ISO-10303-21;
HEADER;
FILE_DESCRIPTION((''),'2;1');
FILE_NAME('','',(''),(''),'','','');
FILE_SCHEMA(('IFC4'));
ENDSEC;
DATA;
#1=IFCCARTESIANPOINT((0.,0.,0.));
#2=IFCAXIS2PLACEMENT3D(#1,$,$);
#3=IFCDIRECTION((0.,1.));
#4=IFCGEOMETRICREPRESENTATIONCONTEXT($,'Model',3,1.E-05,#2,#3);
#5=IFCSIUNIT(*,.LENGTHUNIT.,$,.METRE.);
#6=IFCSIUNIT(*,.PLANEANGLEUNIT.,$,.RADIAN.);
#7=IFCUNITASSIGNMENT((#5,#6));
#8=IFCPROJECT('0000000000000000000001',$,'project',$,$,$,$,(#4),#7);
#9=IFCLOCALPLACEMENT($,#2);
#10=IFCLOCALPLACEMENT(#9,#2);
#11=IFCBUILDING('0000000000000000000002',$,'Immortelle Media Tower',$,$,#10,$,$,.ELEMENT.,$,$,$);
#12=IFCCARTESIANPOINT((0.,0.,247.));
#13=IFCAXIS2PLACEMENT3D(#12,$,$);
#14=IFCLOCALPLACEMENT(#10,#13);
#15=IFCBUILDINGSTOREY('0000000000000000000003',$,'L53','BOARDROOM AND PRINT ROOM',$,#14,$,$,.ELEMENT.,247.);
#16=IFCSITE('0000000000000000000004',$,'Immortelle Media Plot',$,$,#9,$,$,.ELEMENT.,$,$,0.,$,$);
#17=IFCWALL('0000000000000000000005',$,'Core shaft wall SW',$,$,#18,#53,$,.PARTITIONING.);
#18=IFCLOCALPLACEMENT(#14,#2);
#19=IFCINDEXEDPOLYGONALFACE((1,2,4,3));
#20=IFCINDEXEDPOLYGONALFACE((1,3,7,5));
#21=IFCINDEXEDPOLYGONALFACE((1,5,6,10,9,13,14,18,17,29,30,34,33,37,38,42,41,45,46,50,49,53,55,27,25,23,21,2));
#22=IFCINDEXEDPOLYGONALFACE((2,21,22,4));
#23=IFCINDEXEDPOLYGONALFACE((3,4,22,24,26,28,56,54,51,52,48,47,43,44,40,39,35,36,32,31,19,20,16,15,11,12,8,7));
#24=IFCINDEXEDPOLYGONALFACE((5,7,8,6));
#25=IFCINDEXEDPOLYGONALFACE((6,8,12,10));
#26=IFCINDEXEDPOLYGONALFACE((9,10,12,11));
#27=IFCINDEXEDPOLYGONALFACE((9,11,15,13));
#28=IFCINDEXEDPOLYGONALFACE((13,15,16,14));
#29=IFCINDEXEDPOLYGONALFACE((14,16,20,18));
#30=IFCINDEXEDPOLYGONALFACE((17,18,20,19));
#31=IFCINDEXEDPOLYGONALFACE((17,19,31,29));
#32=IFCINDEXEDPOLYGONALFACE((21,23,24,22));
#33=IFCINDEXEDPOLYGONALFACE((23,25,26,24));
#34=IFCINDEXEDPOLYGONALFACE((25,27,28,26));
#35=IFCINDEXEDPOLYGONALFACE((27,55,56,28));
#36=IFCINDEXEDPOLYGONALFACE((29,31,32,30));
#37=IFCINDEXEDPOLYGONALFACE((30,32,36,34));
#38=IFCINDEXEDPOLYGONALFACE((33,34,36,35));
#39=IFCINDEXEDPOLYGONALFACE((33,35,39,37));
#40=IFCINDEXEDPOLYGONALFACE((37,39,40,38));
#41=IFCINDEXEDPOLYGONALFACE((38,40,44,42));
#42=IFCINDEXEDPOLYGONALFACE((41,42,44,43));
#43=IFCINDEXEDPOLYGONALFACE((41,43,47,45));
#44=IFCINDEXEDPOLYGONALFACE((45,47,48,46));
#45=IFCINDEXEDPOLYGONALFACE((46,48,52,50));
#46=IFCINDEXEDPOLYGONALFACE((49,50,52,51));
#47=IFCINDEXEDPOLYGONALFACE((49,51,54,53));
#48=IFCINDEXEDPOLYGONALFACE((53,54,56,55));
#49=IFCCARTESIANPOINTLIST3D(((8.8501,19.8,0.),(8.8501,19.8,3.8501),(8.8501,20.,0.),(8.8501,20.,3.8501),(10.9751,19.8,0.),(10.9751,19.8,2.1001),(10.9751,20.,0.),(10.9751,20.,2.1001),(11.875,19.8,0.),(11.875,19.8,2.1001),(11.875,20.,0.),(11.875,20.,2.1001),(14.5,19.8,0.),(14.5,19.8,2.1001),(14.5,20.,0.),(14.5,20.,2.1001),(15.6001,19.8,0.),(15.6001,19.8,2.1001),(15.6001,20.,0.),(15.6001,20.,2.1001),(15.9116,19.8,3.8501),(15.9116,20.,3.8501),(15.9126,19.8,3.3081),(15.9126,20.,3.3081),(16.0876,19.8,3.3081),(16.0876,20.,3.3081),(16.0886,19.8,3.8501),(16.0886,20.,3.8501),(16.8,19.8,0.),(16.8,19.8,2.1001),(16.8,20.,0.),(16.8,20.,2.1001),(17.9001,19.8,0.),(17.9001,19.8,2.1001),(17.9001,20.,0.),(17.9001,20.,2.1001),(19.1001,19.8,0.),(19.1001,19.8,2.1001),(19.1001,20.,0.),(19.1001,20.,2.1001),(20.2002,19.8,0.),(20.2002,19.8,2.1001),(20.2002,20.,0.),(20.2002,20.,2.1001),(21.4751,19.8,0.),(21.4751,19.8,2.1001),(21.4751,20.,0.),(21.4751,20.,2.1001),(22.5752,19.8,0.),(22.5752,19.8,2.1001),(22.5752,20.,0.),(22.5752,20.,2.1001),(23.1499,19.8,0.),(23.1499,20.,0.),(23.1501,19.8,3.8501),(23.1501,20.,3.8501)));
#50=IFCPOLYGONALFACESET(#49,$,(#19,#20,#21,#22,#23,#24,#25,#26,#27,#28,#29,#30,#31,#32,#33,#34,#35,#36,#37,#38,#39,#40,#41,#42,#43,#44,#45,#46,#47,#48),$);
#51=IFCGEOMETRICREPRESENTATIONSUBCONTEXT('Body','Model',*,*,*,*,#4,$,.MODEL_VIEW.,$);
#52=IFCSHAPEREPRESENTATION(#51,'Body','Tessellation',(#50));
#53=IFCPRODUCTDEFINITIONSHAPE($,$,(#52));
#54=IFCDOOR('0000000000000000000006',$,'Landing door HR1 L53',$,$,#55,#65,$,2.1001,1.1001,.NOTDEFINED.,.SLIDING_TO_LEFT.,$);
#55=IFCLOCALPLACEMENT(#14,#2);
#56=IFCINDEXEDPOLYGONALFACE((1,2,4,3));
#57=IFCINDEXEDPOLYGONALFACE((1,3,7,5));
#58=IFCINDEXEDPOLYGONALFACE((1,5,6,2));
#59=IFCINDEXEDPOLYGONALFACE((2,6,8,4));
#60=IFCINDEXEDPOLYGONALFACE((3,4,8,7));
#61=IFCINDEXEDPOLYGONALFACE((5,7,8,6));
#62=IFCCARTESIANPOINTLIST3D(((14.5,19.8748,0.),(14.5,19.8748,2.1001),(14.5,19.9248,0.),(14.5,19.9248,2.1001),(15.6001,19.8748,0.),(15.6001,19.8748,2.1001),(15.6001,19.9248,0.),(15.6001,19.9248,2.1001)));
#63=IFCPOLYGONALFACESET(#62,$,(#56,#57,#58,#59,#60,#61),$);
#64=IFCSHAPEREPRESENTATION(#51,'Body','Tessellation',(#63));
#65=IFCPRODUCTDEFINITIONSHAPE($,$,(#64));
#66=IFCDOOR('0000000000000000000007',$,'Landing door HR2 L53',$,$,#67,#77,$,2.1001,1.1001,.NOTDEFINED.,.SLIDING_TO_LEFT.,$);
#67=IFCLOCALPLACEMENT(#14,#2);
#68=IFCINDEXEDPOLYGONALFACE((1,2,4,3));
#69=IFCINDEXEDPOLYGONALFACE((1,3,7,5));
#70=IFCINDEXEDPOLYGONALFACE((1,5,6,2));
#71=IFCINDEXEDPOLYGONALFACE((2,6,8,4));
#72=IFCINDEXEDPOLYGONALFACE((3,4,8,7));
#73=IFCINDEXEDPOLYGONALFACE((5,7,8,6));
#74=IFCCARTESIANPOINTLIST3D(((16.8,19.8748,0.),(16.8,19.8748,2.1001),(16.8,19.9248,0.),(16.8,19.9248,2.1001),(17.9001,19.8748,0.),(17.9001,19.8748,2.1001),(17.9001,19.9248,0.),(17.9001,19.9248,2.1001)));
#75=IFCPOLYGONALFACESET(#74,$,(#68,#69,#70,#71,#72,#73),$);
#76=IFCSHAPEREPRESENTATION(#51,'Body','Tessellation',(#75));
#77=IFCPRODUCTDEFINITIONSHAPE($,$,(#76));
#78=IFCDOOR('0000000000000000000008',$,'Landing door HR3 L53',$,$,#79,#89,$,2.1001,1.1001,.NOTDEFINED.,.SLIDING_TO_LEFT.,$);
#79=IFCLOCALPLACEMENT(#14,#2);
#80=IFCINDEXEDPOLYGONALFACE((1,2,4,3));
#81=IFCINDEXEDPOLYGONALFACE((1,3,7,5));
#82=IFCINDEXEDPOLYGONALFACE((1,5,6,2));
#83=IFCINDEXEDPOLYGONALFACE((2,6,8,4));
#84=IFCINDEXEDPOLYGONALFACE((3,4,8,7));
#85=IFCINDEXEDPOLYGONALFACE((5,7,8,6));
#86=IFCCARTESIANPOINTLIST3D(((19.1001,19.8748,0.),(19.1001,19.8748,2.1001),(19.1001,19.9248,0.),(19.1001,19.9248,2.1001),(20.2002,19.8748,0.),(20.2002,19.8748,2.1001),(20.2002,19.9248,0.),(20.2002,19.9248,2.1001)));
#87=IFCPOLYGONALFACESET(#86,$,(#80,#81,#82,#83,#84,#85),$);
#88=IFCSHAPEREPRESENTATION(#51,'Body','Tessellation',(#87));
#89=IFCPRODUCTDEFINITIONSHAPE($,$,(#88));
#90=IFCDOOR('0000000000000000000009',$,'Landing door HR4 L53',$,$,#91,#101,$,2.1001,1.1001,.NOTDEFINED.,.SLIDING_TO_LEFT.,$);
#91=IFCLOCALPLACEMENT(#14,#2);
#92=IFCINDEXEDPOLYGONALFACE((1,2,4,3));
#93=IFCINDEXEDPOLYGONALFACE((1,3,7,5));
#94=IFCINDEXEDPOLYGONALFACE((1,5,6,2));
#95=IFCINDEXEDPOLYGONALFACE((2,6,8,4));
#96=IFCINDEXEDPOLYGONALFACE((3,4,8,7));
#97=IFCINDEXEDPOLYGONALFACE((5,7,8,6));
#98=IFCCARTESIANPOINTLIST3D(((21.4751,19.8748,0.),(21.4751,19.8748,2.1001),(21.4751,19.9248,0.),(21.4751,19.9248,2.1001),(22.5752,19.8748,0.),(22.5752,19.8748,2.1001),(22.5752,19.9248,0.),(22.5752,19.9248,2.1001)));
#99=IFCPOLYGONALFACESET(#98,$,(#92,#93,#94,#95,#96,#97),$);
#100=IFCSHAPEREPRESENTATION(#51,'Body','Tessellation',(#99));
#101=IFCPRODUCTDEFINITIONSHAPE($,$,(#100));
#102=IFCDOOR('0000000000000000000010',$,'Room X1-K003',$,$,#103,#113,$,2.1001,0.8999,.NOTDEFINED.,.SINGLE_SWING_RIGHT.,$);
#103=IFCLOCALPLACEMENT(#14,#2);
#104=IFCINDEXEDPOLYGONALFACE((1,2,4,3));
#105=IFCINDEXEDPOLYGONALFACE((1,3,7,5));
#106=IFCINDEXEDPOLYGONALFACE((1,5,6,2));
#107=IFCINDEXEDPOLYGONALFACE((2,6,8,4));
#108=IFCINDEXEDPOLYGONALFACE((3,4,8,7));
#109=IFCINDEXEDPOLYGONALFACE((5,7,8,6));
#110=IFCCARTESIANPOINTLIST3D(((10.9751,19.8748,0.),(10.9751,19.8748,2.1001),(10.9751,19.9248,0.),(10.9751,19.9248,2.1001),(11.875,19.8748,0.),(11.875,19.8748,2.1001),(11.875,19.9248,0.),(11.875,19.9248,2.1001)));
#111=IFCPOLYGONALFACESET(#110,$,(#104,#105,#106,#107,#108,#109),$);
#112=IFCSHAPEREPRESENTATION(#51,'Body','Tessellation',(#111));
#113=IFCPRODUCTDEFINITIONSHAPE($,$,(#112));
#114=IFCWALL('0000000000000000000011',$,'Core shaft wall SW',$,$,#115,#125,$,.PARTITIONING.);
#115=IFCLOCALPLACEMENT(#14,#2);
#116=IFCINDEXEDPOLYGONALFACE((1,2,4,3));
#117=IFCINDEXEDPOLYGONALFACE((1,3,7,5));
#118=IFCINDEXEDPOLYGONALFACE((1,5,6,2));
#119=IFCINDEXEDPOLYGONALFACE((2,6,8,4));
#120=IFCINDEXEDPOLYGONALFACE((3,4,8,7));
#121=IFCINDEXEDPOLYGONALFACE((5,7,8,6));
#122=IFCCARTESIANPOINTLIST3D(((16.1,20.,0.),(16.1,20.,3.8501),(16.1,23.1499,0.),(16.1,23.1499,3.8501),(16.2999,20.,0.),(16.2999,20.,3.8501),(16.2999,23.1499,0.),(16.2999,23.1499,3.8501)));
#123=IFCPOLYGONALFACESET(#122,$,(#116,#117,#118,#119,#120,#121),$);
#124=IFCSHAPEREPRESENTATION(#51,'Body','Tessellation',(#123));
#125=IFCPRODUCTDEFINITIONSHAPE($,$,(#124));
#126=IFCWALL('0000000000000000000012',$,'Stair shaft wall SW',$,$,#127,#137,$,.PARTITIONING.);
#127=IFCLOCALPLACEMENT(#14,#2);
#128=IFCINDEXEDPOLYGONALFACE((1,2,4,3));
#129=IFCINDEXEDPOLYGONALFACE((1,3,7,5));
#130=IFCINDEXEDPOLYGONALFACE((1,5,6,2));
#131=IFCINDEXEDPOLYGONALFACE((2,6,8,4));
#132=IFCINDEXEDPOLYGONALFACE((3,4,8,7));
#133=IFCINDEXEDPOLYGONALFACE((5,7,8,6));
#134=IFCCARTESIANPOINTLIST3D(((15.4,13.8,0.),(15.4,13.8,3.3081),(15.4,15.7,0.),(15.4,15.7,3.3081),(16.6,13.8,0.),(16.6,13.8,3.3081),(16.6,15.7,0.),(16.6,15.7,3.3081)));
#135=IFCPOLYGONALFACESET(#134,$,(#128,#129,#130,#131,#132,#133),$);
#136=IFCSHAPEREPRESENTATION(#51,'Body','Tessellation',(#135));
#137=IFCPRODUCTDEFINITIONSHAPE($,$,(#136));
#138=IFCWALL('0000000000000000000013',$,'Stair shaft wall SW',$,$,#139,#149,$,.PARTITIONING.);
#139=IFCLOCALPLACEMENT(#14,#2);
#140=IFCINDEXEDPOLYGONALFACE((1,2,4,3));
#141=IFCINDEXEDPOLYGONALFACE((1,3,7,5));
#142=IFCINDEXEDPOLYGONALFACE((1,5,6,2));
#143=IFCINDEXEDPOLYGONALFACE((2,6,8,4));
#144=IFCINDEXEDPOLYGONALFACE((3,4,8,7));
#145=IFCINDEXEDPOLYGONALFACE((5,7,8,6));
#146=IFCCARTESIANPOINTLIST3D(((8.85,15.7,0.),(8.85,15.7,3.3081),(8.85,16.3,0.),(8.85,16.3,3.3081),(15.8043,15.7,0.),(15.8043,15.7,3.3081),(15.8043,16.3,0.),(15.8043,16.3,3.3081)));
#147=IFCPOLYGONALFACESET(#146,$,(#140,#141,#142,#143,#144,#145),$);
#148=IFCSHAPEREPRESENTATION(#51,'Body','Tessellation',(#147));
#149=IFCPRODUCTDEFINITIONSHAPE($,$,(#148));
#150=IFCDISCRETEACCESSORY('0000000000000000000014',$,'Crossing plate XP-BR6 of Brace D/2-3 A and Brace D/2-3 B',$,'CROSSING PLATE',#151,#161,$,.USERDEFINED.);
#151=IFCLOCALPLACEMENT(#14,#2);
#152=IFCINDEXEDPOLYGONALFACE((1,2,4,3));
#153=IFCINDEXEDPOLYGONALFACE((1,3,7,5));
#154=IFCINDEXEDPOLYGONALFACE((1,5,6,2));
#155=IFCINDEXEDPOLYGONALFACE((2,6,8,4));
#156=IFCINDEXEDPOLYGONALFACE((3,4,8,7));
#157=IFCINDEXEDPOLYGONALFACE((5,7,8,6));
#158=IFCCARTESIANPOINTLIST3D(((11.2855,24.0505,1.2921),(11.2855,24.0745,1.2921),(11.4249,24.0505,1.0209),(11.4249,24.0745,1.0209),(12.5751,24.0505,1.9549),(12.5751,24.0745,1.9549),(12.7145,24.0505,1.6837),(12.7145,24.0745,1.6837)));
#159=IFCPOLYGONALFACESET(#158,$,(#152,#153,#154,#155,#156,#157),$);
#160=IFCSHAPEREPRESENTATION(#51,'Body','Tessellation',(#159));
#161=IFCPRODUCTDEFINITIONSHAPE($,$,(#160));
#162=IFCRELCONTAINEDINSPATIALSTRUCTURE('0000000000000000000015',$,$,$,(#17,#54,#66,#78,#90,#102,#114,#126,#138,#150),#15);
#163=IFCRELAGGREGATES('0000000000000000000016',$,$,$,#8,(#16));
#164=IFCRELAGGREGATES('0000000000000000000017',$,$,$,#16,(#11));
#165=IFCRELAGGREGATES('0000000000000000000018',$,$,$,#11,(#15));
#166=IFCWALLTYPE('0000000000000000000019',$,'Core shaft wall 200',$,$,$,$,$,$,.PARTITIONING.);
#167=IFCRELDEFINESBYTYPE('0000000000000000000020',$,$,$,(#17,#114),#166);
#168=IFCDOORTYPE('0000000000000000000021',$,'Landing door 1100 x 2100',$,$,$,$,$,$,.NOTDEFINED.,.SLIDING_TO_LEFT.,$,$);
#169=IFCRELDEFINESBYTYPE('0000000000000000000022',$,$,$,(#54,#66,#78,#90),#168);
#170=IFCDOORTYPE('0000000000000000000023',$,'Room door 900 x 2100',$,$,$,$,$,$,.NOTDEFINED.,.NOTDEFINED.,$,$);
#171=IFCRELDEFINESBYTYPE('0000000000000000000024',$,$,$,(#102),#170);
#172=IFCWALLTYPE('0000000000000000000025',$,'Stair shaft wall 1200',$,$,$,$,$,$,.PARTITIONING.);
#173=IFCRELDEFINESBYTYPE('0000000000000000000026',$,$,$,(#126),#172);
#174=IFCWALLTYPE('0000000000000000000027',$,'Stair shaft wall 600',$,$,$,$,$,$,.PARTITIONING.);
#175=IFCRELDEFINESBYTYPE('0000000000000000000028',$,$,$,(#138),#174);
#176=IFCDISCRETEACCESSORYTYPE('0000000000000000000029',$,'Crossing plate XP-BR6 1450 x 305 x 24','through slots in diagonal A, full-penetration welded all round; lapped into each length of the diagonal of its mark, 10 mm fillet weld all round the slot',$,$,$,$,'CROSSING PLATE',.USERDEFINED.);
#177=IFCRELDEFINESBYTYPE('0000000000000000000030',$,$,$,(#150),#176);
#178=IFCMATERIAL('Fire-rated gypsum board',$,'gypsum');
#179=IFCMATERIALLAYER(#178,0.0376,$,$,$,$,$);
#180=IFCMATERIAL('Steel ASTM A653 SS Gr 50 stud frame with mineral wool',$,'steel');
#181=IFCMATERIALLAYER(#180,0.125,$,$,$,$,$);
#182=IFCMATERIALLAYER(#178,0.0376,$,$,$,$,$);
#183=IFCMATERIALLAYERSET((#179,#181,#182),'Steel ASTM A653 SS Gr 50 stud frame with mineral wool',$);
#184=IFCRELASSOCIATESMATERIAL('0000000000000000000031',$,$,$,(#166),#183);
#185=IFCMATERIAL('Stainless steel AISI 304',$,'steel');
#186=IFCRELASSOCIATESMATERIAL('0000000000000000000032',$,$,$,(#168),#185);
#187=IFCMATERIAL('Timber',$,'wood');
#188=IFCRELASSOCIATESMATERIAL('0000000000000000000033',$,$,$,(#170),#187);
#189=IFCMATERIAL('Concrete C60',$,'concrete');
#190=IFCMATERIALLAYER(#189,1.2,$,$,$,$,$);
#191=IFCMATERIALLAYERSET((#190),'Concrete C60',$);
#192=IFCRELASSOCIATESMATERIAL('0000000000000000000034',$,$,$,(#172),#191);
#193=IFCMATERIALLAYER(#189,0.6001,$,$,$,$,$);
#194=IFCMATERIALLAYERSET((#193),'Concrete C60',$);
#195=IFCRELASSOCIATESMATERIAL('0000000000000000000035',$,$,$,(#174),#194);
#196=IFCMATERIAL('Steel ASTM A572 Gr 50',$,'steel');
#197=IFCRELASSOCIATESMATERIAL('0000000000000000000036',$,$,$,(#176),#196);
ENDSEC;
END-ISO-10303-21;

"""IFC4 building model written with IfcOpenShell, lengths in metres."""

from ifc_helpers import new_model, si_unit, direction, frame, frame_2d, origin, origin_2d, place, context, subcontext, project, spatial, polyline, rectangle, outline, extrude, material, layer, layer_set, material_profile, profile_set, type_object, element, fill, save


model = new_model("IFC4")

# Units and contexts
model_context = context("Model", 3, precision=1e-05, world=origin(), true_north=direction((0.0, 1.0)))
body_context = subcontext(model_context, "Body", "Model", "MODEL_VIEW")
ifc_project = project(units=[si_unit("LENGTHUNIT", "METRE"), si_unit("PLANEANGLEUNIT", "RADIAN")], contexts=[model_context])

# Site, building, storey
site_placement = place(None, origin())
site = spatial("IfcSite", under=ifc_project, at=site_placement, Name="Immortelle Media Plot", CompositionType="ELEMENT", RefElevation=0.0)
building_placement = place(site_placement, origin())
building = spatial("IfcBuilding", under=site, at=building_placement, Name="Immortelle Media Tower", CompositionType="ELEMENT")
storey_placement = place(building_placement, frame((0.0, 0.0, 247.0)))
storey = spatial("IfcBuildingStorey", under=building, at=storey_placement, Name="L53", Description="BOARDROOM AND PRINT ROOM", CompositionType="ELEMENT", Elevation=247.0)

# Shared definitions
ifc_material_1 = material(Name="Timber", Category="wood")

# Shared definitions
ifc_material_2 = material(Name="Fire-rated gypsum board", Category="gypsum")
ifc_material_3 = material(Name="Steel ASTM A653 SS Gr 50 stud frame with mineral wool", Category="steel")
ifc_layer_1 = layer(ifc_material_2, 0.0376)
ifc_layer_2 = layer(ifc_material_3, 0.125)
ifc_layer_3 = layer(ifc_material_2, 0.0376)
ifc_layer_set_1 = layer_set([ifc_layer_1, ifc_layer_2, ifc_layer_3], Name="Steel ASTM A653 SS Gr 50 stud frame with mineral wool")
wall_type_1 = type_object("IfcWallType", Name="Core shaft wall 200", PredefinedType="PARTITIONING", material=ifc_layer_set_1)

# Wall, openings, doors
wall_1_placement = place(storey_placement, frame((8.8501, 19.8999, 0.0), z_axis=(0.0, 0.0, 1.0), x_axis=(1.0, 0.0, 0.0)))
wall_1 = element("IfcWall", 1, at=wall_1_placement, inside=storey, type_object=wall_type_1, Name="Core shaft wall SW", PredefinedType="PARTITIONING", context=body_context, shape_type="SweptSolid", body=[
    extrude(outline(polyline([(0.0, 0.0), (14.2998, 0.0), (14.3, 3.8501), (7.2385, 3.8501), (7.2375, 3.3081), (7.0625, 3.3081), (7.0615, 3.8501), (0.0, 3.8501), (0.0, 0.0)])), frame((0.0, 0.1001, 0.0), z_axis=(0.0, -1.0, 0.0), x_axis=(1.0, 0.0, 0.0)), (0.0, 0.0, 1.0), 0.2),
])
opening_1_placement = place(wall_1_placement, frame((2.125, 0.0, 0.0)))
opening_1 = element("IfcOpeningElement", 2, at=opening_1_placement, cuts=wall_1, PredefinedType="OPENING", context=body_context, shape_type="SweptSolid", body=[
    extrude(rectangle(XDim=0.8999, YDim=2.1001, at=frame_2d((0.45, 1.05))), frame((0.0, 0.1099, 0.0), z_axis=(0.0, -1.0, 0.0), x_axis=(1.0, 0.0, 0.0)), (0.0, 0.0, 1.0), 0.22),
])
opening_2_placement = place(wall_1_placement, frame((5.6499, 0.0, 0.0)))
opening_2 = element("IfcOpeningElement", 3, at=opening_2_placement, cuts=wall_1, PredefinedType="OPENING", context=body_context, shape_type="SweptSolid", body=[
    extrude(rectangle(XDim=1.1001, YDim=2.1001, at=frame_2d((0.55, 1.05))), frame((0.0, 0.1099, 0.0), z_axis=(0.0, -1.0, 0.0), x_axis=(1.0, 0.0, 0.0)), (0.0, 0.0, 1.0), 0.22),
])
opening_3_placement = place(wall_1_placement, frame((7.95, 0.0, 0.0)))
opening_3 = element("IfcOpeningElement", 4, at=opening_3_placement, cuts=wall_1, PredefinedType="OPENING", context=body_context, shape_type="SweptSolid", body=[
    extrude(rectangle(XDim=1.1001, YDim=2.1001, at=frame_2d((0.55, 1.05))), frame((0.0, 0.1099, 0.0), z_axis=(0.0, -1.0, 0.0), x_axis=(1.0, 0.0, 0.0)), (0.0, 0.0, 1.0), 0.22),
])
opening_4_placement = place(wall_1_placement, frame((10.25, 0.0, 0.0)))
opening_4 = element("IfcOpeningElement", 5, at=opening_4_placement, cuts=wall_1, PredefinedType="OPENING", context=body_context, shape_type="SweptSolid", body=[
    extrude(rectangle(XDim=1.1001, YDim=2.1001, at=frame_2d((0.55, 1.05))), frame((0.0, 0.1099, 0.0), z_axis=(0.0, -1.0, 0.0), x_axis=(1.0, 0.0, 0.0)), (0.0, 0.0, 1.0), 0.22),
])
opening_5_placement = place(wall_1_placement, frame((12.625, 0.0, 0.0)))
opening_5 = element("IfcOpeningElement", 6, at=opening_5_placement, cuts=wall_1, PredefinedType="OPENING", context=body_context, shape_type="SweptSolid", body=[
    extrude(rectangle(XDim=1.1001, YDim=2.1001, at=frame_2d((0.55, 1.05))), frame((0.0, 0.1099, 0.0), z_axis=(0.0, -1.0, 0.0), x_axis=(1.0, 0.0, 0.0)), (0.0, 0.0, 1.0), 0.22),
])
ifc_material_4 = material(Name="Stainless steel AISI 304", Category="steel")
door_type_1 = type_object("IfcDoorType", Name="Landing door 1100 x 2100", OperationType="SLIDING_TO_LEFT", PredefinedType="NOTDEFINED", material=ifc_material_4)
door_1_placement = place(opening_2_placement, origin())
door_1 = element("IfcDoor", 7, at=door_1_placement, inside=storey, type_object=door_type_1, Name="Landing door HR1 L53", OperationType="SLIDING_TO_LEFT", OverallHeight=2.1001, OverallWidth=1.1001, PredefinedType="NOTDEFINED", context=body_context, shape_type="SweptSolid", body=[
    extrude(rectangle(XDim=1.1001, YDim=2.1001, at=frame_2d((0.55, 1.05))), frame((0.0, 0.0249, 0.0), z_axis=(0.0, -1.0, 0.0), x_axis=(1.0, 0.0, 0.0)), (0.0, 0.0, 1.0), 0.05),
])
fill(opening_2, door_1)
door_2_placement = place(opening_3_placement, origin())
door_2 = element("IfcDoor", 8, at=door_2_placement, inside=storey, type_object=door_type_1, Name="Landing door HR2 L53", OperationType="SLIDING_TO_LEFT", OverallHeight=2.1001, OverallWidth=1.1001, PredefinedType="NOTDEFINED", context=body_context, shape_type="SweptSolid", body=[
    extrude(rectangle(XDim=1.1001, YDim=2.1001, at=frame_2d((0.55, 1.05))), frame((0.0, 0.0249, 0.0), z_axis=(0.0, -1.0, 0.0), x_axis=(1.0, 0.0, 0.0)), (0.0, 0.0, 1.0), 0.05),
])
fill(opening_3, door_2)
door_3_placement = place(opening_4_placement, origin())
door_3 = element("IfcDoor", 9, at=door_3_placement, inside=storey, type_object=door_type_1, Name="Landing door HR3 L53", OperationType="SLIDING_TO_LEFT", OverallHeight=2.1001, OverallWidth=1.1001, PredefinedType="NOTDEFINED", context=body_context, shape_type="SweptSolid", body=[
    extrude(rectangle(XDim=1.1001, YDim=2.1001, at=frame_2d((0.55, 1.05))), frame((0.0, 0.0249, 0.0), z_axis=(0.0, -1.0, 0.0), x_axis=(1.0, 0.0, 0.0)), (0.0, 0.0, 1.0), 0.05),
])
fill(opening_4, door_3)
door_4_placement = place(opening_5_placement, origin())
door_4 = element("IfcDoor", 10, at=door_4_placement, inside=storey, type_object=door_type_1, Name="Landing door HR4 L53", OperationType="SLIDING_TO_LEFT", OverallHeight=2.1001, OverallWidth=1.1001, PredefinedType="NOTDEFINED", context=body_context, shape_type="SweptSolid", body=[
    extrude(rectangle(XDim=1.1001, YDim=2.1001, at=frame_2d((0.55, 1.05))), frame((0.0, 0.0249, 0.0), z_axis=(0.0, -1.0, 0.0), x_axis=(1.0, 0.0, 0.0)), (0.0, 0.0, 1.0), 0.05),
])
fill(opening_5, door_4)
door_type_2 = type_object("IfcDoorType", Name="Room door 900 x 2100", OperationType="NOTDEFINED", PredefinedType="NOTDEFINED", material=ifc_material_1)
door_5_placement = place(opening_1_placement, origin())
door_5 = element("IfcDoor", 11, at=door_5_placement, inside=storey, type_object=door_type_2, Name="Room X1-K003", OperationType="SINGLE_SWING_RIGHT", OverallHeight=2.1001, OverallWidth=0.8999, PredefinedType="NOTDEFINED", context=body_context, shape_type="SweptSolid", body=[
    extrude(rectangle(XDim=0.8999, YDim=2.1001, at=frame_2d((0.45, 1.05))), frame((0.0, 0.0249, 0.0), z_axis=(0.0, -1.0, 0.0), x_axis=(1.0, 0.0, 0.0)), (0.0, 0.0, 1.0), 0.05),
])
fill(opening_1, door_5)

# Walls
wall_2_placement = place(storey_placement, frame((16.2, 20.0, 0.0), z_axis=(0.0, 0.0, 1.0), x_axis=(0.0, 1.0, 0.0)))
element("IfcWall", 12, at=wall_2_placement, inside=storey, type_object=wall_type_1, Name="Core shaft wall SW", PredefinedType="PARTITIONING", context=body_context, shape_type="SweptSolid", body=[
    extrude(rectangle(XDim=3.1499, YDim=0.2, at=frame_2d((1.575, 0.0))), origin(), (0.0, 0.0, 1.0), 3.8501),
])
ifc_material_5 = material(Name="Concrete C60", Category="concrete")
ifc_layer_4 = layer(ifc_material_5, 1.2)
ifc_layer_set_2 = layer_set([ifc_layer_4], Name="Concrete C60")
wall_type_2 = type_object("IfcWallType", Name="Stair shaft wall 1200", PredefinedType="PARTITIONING", material=ifc_layer_set_2)
wall_3_placement = place(storey_placement, frame((16.0, 13.8, 0.0), z_axis=(0.0, 0.0, 1.0), x_axis=(0.0, 1.0, 0.0)))
element("IfcWall", 13, at=wall_3_placement, inside=storey, type_object=wall_type_2, Name="Stair shaft wall SW", PredefinedType="PARTITIONING", context=body_context, shape_type="SweptSolid", body=[
    extrude(rectangle(XDim=1.8999, YDim=1.2, at=frame_2d((0.95, 0.0))), origin(), (0.0, 0.0, 1.0), 3.3081),
])
ifc_layer_5 = layer(ifc_material_5, 0.6001)
ifc_layer_set_3 = layer_set([ifc_layer_5], Name="Concrete C60")
wall_type_3 = type_object("IfcWallType", Name="Stair shaft wall 600", PredefinedType="PARTITIONING", material=ifc_layer_set_3)
wall_4_placement = place(storey_placement, frame((8.8501, 16.0, 0.0), z_axis=(0.0, 0.0, 1.0), x_axis=(1.0, 0.0, 0.0)))
element("IfcWall", 14, at=wall_4_placement, inside=storey, type_object=wall_type_3, Name="Stair shaft wall SW", PredefinedType="PARTITIONING", context=body_context, shape_type="SweptSolid", body=[
    extrude(rectangle(XDim=6.9543, YDim=0.6001, at=frame_2d((3.4771, 0.0))), origin(), (0.0, 0.0, 1.0), 3.3081),
])

# Discrete accessory
ifc_material_6 = material(Name="Steel ASTM A572 Gr 50", Category="steel")
ifc_material_profile_1 = material_profile(ifc_material_6, rectangle(XDim=0.0239, YDim=0.3049, at=origin_2d()), Name="PL 24 x 305")
ifc_profile_set_1 = profile_set([ifc_material_profile_1], Name="Steel ASTM A572 Gr 50")
discrete_accessory_type_1 = type_object("IfcDiscreteAccessoryType", Name="Crossing plate XP-BR6 1450 x 305 x 24", Description="through slots in diagonal A, full-penetration welded all round; lapped into each length of the diagonal of its mark, 10 mm fillet weld all round the slot", ElementType="CROSSING PLATE", PredefinedType="USERDEFINED", material=ifc_profile_set_1)
discrete_accessory_1_placement = place(storey_placement, frame((12.6448, 24.0625, 1.8193), z_axis=(-0.889388, 0.0, -0.457154), x_axis=(0.0, -1.0, 0.0)))
element("IfcDiscreteAccessory", 15, at=discrete_accessory_1_placement, inside=storey, type_object=discrete_accessory_type_1, Name="Crossing plate XP-BR6 of Brace D/2-3 A and Brace D/2-3 B", ObjectType="CROSSING PLATE", PredefinedType="USERDEFINED", context=body_context, shape_type="SweptSolid", body=[
    extrude(rectangle(XDim=0.0239, YDim=0.3049, at=origin_2d()), origin(), (0.0, 0.0, 1.0), 1.45),
])

save(model, "model.ifc")
